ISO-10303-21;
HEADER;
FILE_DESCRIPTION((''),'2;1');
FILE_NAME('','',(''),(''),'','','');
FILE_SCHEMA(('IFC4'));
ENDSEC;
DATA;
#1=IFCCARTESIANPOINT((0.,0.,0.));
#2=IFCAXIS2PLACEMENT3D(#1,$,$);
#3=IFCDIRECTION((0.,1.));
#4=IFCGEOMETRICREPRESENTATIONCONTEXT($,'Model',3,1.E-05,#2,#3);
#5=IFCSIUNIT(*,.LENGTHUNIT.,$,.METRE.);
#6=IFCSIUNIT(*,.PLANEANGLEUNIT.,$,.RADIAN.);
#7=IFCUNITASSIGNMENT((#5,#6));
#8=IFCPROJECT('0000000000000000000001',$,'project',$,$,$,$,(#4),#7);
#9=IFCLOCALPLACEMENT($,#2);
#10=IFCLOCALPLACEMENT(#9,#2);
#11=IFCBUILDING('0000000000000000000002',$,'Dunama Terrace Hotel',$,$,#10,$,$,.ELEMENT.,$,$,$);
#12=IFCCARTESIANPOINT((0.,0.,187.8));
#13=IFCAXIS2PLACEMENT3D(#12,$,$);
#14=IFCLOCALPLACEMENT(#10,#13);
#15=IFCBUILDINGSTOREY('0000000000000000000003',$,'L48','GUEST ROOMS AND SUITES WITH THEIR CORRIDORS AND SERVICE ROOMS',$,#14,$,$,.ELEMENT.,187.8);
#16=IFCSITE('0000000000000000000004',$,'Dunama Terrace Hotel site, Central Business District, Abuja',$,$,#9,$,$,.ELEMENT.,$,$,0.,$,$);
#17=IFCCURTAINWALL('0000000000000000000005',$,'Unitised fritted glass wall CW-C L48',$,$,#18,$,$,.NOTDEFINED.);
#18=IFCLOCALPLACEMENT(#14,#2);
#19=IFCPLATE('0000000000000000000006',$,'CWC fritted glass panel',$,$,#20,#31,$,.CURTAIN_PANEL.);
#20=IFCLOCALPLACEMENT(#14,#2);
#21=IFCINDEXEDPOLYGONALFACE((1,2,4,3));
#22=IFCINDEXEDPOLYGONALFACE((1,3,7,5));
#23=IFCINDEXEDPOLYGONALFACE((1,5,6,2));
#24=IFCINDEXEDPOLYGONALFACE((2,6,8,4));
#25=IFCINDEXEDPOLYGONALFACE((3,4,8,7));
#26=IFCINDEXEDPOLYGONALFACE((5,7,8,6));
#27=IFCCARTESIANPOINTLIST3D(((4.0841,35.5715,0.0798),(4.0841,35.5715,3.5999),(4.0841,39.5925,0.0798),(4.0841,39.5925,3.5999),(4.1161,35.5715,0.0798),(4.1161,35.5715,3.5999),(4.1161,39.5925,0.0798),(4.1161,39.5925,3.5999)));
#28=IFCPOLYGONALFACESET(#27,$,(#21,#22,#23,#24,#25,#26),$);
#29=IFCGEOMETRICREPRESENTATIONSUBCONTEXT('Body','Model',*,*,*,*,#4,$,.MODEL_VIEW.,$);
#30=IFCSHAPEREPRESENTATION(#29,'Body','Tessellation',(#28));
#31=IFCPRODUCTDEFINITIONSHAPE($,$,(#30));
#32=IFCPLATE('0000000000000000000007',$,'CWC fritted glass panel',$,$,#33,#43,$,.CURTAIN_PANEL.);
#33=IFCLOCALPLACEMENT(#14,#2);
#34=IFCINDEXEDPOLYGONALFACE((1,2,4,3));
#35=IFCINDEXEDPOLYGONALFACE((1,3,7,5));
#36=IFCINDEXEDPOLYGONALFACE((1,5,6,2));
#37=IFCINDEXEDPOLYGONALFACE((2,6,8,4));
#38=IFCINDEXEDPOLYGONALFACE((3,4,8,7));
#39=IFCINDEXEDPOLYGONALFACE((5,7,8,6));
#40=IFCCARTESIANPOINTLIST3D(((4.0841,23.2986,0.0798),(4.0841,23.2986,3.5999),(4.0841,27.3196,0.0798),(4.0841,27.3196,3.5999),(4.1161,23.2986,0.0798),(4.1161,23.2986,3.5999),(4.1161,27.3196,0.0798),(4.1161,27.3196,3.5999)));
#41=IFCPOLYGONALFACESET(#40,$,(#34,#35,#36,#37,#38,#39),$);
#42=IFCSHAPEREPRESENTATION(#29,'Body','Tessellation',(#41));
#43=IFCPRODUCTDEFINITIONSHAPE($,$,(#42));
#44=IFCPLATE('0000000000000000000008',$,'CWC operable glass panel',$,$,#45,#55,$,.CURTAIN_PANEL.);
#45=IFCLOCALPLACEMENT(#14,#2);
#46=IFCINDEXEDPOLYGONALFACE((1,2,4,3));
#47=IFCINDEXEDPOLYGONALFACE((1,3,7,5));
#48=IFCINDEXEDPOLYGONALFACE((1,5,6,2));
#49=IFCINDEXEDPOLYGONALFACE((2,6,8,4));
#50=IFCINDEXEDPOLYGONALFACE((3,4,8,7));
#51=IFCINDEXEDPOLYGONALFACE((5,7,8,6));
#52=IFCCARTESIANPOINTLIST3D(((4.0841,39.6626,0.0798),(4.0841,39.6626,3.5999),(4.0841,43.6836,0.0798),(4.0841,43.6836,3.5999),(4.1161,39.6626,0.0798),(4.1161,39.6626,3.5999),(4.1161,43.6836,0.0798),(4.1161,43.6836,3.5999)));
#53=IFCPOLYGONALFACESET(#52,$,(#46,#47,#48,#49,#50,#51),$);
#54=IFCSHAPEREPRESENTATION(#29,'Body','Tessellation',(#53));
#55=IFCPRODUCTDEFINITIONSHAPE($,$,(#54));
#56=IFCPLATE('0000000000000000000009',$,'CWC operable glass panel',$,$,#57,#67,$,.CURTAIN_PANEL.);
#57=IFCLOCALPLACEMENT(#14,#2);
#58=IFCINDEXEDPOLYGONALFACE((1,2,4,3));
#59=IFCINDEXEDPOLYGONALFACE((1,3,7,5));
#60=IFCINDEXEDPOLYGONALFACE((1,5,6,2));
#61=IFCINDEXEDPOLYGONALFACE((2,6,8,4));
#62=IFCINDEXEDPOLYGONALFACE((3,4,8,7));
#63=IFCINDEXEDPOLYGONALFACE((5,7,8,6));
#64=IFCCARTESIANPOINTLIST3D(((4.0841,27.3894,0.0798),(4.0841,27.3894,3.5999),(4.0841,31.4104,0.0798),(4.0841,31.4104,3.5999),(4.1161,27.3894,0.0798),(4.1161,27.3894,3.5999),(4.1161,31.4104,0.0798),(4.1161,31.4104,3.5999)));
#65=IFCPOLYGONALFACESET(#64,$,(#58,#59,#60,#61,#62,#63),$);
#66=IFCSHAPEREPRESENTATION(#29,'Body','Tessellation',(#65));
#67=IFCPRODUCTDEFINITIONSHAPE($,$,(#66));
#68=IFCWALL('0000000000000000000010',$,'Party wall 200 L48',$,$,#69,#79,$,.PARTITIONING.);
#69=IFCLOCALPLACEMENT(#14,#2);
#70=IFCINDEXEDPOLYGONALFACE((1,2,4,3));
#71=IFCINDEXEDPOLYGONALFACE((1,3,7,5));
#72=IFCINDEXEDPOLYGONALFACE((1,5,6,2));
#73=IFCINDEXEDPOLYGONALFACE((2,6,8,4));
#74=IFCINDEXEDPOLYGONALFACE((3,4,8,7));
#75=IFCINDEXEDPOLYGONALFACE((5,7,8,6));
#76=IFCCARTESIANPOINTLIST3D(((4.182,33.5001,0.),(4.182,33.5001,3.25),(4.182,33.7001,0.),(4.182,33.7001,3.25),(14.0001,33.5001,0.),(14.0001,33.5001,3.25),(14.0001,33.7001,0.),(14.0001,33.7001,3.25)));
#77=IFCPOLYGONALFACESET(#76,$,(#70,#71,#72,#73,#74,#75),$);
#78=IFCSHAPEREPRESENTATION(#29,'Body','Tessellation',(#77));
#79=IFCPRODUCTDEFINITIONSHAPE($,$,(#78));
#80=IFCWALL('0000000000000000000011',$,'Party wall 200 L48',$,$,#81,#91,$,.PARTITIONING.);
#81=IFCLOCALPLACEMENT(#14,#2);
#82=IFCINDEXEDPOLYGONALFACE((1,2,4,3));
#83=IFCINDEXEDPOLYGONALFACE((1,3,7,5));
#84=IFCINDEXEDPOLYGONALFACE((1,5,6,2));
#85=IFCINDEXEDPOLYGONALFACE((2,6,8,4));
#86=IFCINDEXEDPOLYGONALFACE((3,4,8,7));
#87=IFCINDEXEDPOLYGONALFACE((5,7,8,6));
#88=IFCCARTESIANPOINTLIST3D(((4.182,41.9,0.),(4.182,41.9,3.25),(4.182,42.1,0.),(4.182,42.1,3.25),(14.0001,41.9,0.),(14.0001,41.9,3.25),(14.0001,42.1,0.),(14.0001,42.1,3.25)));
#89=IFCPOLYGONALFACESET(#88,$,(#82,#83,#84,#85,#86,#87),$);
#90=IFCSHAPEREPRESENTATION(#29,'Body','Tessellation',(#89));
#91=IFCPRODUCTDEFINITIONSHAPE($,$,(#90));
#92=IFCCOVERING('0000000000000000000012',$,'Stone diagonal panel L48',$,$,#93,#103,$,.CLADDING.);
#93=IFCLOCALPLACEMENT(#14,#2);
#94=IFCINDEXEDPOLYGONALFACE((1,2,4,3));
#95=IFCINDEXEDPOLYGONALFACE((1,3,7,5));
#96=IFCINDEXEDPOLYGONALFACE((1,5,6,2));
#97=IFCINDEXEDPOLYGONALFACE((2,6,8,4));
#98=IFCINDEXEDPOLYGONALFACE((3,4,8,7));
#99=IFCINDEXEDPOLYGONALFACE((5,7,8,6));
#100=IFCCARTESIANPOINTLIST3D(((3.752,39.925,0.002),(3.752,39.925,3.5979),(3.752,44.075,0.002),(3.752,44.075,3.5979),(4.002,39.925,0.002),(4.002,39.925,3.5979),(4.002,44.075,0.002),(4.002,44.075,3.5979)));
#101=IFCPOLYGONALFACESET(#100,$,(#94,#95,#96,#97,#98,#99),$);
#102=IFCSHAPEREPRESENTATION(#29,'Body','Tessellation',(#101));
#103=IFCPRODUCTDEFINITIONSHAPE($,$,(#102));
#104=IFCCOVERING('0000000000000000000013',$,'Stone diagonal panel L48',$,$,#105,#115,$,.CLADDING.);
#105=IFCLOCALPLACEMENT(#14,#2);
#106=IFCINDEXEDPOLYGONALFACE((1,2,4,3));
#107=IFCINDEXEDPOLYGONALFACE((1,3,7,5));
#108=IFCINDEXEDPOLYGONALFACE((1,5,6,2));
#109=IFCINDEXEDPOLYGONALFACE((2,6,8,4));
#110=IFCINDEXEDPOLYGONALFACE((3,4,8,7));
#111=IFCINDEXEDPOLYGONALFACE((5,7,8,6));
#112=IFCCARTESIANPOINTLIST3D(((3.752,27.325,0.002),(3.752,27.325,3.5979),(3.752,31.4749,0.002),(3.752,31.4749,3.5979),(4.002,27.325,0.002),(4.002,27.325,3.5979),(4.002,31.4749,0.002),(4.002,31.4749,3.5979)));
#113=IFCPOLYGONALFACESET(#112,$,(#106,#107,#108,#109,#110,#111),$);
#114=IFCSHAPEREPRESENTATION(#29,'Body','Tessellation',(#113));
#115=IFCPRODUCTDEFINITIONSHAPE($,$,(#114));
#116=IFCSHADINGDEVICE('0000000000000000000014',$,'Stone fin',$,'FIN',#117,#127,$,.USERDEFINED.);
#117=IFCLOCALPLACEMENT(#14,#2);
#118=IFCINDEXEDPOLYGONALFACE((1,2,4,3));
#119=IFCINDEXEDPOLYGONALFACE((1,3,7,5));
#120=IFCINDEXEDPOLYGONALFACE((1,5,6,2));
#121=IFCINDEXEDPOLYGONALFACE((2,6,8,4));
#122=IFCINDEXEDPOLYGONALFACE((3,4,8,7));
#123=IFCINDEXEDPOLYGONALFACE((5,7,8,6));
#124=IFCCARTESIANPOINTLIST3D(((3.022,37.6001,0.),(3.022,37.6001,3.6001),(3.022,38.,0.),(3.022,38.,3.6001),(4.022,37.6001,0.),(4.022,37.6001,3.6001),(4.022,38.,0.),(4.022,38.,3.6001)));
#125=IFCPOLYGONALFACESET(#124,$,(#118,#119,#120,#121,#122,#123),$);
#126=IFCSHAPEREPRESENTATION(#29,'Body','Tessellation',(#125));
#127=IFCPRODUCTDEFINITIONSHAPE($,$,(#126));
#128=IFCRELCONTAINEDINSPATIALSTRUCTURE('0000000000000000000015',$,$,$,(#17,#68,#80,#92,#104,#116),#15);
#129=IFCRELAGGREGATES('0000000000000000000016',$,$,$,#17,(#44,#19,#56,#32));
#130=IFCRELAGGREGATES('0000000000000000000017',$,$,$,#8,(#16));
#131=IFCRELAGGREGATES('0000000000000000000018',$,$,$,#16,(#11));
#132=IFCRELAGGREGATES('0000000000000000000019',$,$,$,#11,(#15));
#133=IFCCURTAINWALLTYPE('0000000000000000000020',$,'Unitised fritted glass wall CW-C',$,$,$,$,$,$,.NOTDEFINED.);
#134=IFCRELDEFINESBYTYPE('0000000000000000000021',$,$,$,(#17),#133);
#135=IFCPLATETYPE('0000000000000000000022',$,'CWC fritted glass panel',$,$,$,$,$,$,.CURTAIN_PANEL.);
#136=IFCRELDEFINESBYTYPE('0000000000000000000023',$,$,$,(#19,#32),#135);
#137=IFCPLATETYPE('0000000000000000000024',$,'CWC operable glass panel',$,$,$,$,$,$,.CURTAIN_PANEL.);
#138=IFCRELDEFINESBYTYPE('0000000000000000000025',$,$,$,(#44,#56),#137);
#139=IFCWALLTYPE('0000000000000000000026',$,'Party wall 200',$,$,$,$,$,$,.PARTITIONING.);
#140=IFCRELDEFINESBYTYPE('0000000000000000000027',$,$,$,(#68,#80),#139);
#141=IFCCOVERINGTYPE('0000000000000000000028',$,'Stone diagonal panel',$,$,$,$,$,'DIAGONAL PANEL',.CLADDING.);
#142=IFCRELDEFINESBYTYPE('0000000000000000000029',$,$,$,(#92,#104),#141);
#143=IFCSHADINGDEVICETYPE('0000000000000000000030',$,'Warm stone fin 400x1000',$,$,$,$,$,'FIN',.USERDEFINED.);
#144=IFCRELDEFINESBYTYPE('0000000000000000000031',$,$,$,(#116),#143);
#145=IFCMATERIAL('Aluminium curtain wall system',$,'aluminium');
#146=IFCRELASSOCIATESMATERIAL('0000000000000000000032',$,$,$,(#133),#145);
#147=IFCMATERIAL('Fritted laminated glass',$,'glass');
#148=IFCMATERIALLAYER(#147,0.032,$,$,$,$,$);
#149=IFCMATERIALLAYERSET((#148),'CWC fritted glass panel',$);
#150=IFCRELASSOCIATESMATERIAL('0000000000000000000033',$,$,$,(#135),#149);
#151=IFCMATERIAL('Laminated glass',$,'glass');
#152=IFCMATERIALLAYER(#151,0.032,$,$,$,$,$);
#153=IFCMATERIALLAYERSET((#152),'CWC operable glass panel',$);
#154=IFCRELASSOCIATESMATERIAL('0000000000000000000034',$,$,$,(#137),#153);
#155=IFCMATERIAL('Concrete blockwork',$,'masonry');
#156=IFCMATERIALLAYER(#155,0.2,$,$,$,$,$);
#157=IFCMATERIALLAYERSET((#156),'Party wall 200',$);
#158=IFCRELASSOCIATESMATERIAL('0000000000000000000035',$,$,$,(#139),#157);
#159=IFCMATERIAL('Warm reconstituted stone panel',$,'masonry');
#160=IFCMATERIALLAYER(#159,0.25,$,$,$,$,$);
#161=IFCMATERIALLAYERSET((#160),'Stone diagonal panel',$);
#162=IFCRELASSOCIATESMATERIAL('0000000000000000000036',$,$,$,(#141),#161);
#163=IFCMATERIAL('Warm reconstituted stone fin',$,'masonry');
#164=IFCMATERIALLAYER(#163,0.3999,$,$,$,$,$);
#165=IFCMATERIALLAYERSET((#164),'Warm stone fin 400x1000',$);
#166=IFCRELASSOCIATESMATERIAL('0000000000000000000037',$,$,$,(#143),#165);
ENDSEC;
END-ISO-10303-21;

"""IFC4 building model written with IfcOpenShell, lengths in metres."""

from ifc_helpers import new_model, si_unit, direction, frame, frame_2d, origin, origin_2d, place, context, subcontext, project, spatial, rectangle, extrude, material, layer, layer_set, type_object, element, aggregate, save


model = new_model("IFC4")

# Units and contexts
model_context = context("Model", 3, precision=1e-05, world=origin(), true_north=direction((0.0, 1.0)))
body_context = subcontext(model_context, "Body", "Model", "MODEL_VIEW")
ifc_project = project(units=[si_unit("LENGTHUNIT", "METRE"), si_unit("PLANEANGLEUNIT", "RADIAN")], contexts=[model_context])

# Site, building, storey
site_placement = place(None, origin())
site = spatial("IfcSite", under=ifc_project, at=site_placement, Name="Dunama Terrace Hotel site, Central Business District, Abuja", CompositionType="ELEMENT", RefElevation=0.0)
building_placement = place(site_placement, origin())
building = spatial("IfcBuilding", under=site, at=building_placement, Name="Dunama Terrace Hotel", CompositionType="ELEMENT")
storey_placement = place(building_placement, frame((0.0, 0.0, 187.8)))
storey = spatial("IfcBuildingStorey", under=building, at=storey_placement, Name="L48", Description="GUEST ROOMS AND SUITES WITH THEIR CORRIDORS AND SERVICE ROOMS", CompositionType="ELEMENT", Elevation=187.8)

# Curtain wall
ifc_material_1 = material(Name="Aluminium curtain wall system", Category="aluminium")
curtain_wall_type = type_object("IfcCurtainWallType", Name="Unitised fritted glass wall CW-C", PredefinedType="NOTDEFINED", material=ifc_material_1)
curtain_wall_placement = place(storey_placement, origin())
curtain_wall = element("IfcCurtainWall", 1, at=curtain_wall_placement, inside=storey, type_object=curtain_wall_type, Name="Unitised fritted glass wall CW-C L48", PredefinedType="NOTDEFINED")

# Plates
ifc_material_2 = material(Name="Fritted laminated glass", Category="glass")
ifc_layer_1 = layer(ifc_material_2, 0.032)
ifc_layer_set_1 = layer_set([ifc_layer_1], Name="CWC fritted glass panel")
plate_type_1 = type_object("IfcPlateType", Name="CWC fritted glass panel", PredefinedType="CURTAIN_PANEL", material=ifc_layer_set_1)
plate_1_placement = place(storey_placement, frame((4.1001, 37.582, 0.0798), z_axis=(0.0, 0.0, 1.0), x_axis=(0.0, -1.0, 0.0)))
plate_1 = element("IfcPlate", 2, at=plate_1_placement, type_object=plate_type_1, Name="CWC fritted glass panel", PredefinedType="CURTAIN_PANEL", context=body_context, shape_type="SweptSolid", body=[
    extrude(rectangle(XDim=4.021, YDim=0.032, at=origin_2d()), origin(), (0.0, 0.0, 1.0), 3.52),
])
plate_2_placement = place(storey_placement, frame((4.1001, 25.3091, 0.0798), z_axis=(0.0, 0.0, 1.0), x_axis=(0.0, -1.0, 0.0)))
plate_2 = element("IfcPlate", 3, at=plate_2_placement, type_object=plate_type_1, Name="CWC fritted glass panel", PredefinedType="CURTAIN_PANEL", context=body_context, shape_type="SweptSolid", body=[
    extrude(rectangle(XDim=4.021, YDim=0.032, at=origin_2d()), origin(), (0.0, 0.0, 1.0), 3.52),
])
ifc_material_3 = material(Name="Laminated glass", Category="glass")
ifc_layer_2 = layer(ifc_material_3, 0.032)
ifc_layer_set_2 = layer_set([ifc_layer_2], Name="CWC operable glass panel")
plate_type_2 = type_object("IfcPlateType", Name="CWC operable glass panel", PredefinedType="CURTAIN_PANEL", material=ifc_layer_set_2)
plate_3_placement = place(storey_placement, frame((4.1001, 41.6731, 0.0798), z_axis=(0.0, 0.0, 1.0), x_axis=(0.0, -1.0, 0.0)))
plate_3 = element("IfcPlate", 4, at=plate_3_placement, type_object=plate_type_2, Name="CWC operable glass panel", PredefinedType="CURTAIN_PANEL", context=body_context, shape_type="SweptSolid", body=[
    extrude(rectangle(XDim=4.021, YDim=0.032, at=origin_2d()), origin(), (0.0, 0.0, 1.0), 3.52),
])
plate_4_placement = place(storey_placement, frame((4.1001, 29.3999, 0.0798), z_axis=(0.0, 0.0, 1.0), x_axis=(0.0, -1.0, 0.0)))
plate_4 = element("IfcPlate", 5, at=plate_4_placement, type_object=plate_type_2, Name="CWC operable glass panel", PredefinedType="CURTAIN_PANEL", context=body_context, shape_type="SweptSolid", body=[
    extrude(rectangle(XDim=4.021, YDim=0.032, at=origin_2d()), origin(), (0.0, 0.0, 1.0), 3.52),
])
aggregate(curtain_wall, [plate_3, plate_1, plate_4, plate_2])

# Walls
ifc_material_4 = material(Name="Concrete blockwork", Category="masonry")
ifc_layer_3 = layer(ifc_material_4, 0.2)
ifc_layer_set_3 = layer_set([ifc_layer_3], Name="Party wall 200")
wall_type = type_object("IfcWallType", Name="Party wall 200", PredefinedType="PARTITIONING", material=ifc_layer_set_3)
for number, where, z_axis, x_axis, name in (
    (6, (4.1819, 33.6001, 0.0), (0.0, 0.0, 1.0), (1.0, 0.0, 0.0), "Party wall 200 L48"),
    (7, (4.1819, 42.0, 0.0), (0.0, 0.0, 1.0), (1.0, 0.0, 0.0), "Party wall 200 L48"),
):
    element("IfcWall", number, at=place(storey_placement, frame(where, z_axis=z_axis, x_axis=x_axis)), inside=storey, type_object=wall_type, Name=name, PredefinedType="PARTITIONING", context=body_context, shape_type="SweptSolid", body=[
        extrude(rectangle(XDim=9.8181, YDim=0.2, at=frame_2d((4.9092, 0.0))), origin(), (0.0, 0.0, 1.0), 3.25),
    ])

# Coverings
ifc_material_5 = material(Name="Warm reconstituted stone panel", Category="masonry")
ifc_layer_4 = layer(ifc_material_5, 0.25)
ifc_layer_set_4 = layer_set([ifc_layer_4], Name="Stone diagonal panel")
covering_type = type_object("IfcCoveringType", Name="Stone diagonal panel", ElementType="DIAGONAL PANEL", PredefinedType="CLADDING", material=ifc_layer_set_4)
for number, where, z_axis, x_axis, name in (
    (8, (3.877, 42.0, 0.002), (0.0, 0.0, 1.0), (0.0, -1.0, 0.0), "Stone diagonal panel L48"),
    (9, (3.877, 29.3999, 0.002), (0.0, 0.0, 1.0), (0.0, -1.0, 0.0), "Stone diagonal panel L48"),
):
    element("IfcCovering", number, at=place(storey_placement, frame(where, z_axis=z_axis, x_axis=x_axis)), inside=storey, type_object=covering_type, Name=name, PredefinedType="CLADDING", context=body_context, shape_type="SweptSolid", body=[
        extrude(rectangle(XDim=4.1499, YDim=0.25, at=origin_2d()), origin(), (0.0, 0.0, 1.0), 3.5959),
    ])

# Shading device
ifc_material_6 = material(Name="Warm reconstituted stone fin", Category="masonry")
ifc_layer_5 = layer(ifc_material_6, 0.3999)
ifc_layer_set_5 = layer_set([ifc_layer_5], Name="Warm stone fin 400x1000")
shading_device_type = type_object("IfcShadingDeviceType", Name="Warm stone fin 400x1000", ElementType="FIN", PredefinedType="USERDEFINED", material=ifc_layer_set_5)
shading_device_placement = place(storey_placement, frame((3.522, 37.8, 0.0), z_axis=(0.0, 0.0, 1.0), x_axis=(0.0, -1.0, 0.0)))
element("IfcShadingDevice", 10, at=shading_device_placement, inside=storey, type_object=shading_device_type, Name="Stone fin", ObjectType="FIN", PredefinedType="USERDEFINED", context=body_context, shape_type="SweptSolid", body=[
    extrude(rectangle(XDim=0.3999, YDim=1.0, at=origin_2d()), origin(), (0.0, 0.0, 1.0), 3.6001),
])

save(model, "model.ifc")
